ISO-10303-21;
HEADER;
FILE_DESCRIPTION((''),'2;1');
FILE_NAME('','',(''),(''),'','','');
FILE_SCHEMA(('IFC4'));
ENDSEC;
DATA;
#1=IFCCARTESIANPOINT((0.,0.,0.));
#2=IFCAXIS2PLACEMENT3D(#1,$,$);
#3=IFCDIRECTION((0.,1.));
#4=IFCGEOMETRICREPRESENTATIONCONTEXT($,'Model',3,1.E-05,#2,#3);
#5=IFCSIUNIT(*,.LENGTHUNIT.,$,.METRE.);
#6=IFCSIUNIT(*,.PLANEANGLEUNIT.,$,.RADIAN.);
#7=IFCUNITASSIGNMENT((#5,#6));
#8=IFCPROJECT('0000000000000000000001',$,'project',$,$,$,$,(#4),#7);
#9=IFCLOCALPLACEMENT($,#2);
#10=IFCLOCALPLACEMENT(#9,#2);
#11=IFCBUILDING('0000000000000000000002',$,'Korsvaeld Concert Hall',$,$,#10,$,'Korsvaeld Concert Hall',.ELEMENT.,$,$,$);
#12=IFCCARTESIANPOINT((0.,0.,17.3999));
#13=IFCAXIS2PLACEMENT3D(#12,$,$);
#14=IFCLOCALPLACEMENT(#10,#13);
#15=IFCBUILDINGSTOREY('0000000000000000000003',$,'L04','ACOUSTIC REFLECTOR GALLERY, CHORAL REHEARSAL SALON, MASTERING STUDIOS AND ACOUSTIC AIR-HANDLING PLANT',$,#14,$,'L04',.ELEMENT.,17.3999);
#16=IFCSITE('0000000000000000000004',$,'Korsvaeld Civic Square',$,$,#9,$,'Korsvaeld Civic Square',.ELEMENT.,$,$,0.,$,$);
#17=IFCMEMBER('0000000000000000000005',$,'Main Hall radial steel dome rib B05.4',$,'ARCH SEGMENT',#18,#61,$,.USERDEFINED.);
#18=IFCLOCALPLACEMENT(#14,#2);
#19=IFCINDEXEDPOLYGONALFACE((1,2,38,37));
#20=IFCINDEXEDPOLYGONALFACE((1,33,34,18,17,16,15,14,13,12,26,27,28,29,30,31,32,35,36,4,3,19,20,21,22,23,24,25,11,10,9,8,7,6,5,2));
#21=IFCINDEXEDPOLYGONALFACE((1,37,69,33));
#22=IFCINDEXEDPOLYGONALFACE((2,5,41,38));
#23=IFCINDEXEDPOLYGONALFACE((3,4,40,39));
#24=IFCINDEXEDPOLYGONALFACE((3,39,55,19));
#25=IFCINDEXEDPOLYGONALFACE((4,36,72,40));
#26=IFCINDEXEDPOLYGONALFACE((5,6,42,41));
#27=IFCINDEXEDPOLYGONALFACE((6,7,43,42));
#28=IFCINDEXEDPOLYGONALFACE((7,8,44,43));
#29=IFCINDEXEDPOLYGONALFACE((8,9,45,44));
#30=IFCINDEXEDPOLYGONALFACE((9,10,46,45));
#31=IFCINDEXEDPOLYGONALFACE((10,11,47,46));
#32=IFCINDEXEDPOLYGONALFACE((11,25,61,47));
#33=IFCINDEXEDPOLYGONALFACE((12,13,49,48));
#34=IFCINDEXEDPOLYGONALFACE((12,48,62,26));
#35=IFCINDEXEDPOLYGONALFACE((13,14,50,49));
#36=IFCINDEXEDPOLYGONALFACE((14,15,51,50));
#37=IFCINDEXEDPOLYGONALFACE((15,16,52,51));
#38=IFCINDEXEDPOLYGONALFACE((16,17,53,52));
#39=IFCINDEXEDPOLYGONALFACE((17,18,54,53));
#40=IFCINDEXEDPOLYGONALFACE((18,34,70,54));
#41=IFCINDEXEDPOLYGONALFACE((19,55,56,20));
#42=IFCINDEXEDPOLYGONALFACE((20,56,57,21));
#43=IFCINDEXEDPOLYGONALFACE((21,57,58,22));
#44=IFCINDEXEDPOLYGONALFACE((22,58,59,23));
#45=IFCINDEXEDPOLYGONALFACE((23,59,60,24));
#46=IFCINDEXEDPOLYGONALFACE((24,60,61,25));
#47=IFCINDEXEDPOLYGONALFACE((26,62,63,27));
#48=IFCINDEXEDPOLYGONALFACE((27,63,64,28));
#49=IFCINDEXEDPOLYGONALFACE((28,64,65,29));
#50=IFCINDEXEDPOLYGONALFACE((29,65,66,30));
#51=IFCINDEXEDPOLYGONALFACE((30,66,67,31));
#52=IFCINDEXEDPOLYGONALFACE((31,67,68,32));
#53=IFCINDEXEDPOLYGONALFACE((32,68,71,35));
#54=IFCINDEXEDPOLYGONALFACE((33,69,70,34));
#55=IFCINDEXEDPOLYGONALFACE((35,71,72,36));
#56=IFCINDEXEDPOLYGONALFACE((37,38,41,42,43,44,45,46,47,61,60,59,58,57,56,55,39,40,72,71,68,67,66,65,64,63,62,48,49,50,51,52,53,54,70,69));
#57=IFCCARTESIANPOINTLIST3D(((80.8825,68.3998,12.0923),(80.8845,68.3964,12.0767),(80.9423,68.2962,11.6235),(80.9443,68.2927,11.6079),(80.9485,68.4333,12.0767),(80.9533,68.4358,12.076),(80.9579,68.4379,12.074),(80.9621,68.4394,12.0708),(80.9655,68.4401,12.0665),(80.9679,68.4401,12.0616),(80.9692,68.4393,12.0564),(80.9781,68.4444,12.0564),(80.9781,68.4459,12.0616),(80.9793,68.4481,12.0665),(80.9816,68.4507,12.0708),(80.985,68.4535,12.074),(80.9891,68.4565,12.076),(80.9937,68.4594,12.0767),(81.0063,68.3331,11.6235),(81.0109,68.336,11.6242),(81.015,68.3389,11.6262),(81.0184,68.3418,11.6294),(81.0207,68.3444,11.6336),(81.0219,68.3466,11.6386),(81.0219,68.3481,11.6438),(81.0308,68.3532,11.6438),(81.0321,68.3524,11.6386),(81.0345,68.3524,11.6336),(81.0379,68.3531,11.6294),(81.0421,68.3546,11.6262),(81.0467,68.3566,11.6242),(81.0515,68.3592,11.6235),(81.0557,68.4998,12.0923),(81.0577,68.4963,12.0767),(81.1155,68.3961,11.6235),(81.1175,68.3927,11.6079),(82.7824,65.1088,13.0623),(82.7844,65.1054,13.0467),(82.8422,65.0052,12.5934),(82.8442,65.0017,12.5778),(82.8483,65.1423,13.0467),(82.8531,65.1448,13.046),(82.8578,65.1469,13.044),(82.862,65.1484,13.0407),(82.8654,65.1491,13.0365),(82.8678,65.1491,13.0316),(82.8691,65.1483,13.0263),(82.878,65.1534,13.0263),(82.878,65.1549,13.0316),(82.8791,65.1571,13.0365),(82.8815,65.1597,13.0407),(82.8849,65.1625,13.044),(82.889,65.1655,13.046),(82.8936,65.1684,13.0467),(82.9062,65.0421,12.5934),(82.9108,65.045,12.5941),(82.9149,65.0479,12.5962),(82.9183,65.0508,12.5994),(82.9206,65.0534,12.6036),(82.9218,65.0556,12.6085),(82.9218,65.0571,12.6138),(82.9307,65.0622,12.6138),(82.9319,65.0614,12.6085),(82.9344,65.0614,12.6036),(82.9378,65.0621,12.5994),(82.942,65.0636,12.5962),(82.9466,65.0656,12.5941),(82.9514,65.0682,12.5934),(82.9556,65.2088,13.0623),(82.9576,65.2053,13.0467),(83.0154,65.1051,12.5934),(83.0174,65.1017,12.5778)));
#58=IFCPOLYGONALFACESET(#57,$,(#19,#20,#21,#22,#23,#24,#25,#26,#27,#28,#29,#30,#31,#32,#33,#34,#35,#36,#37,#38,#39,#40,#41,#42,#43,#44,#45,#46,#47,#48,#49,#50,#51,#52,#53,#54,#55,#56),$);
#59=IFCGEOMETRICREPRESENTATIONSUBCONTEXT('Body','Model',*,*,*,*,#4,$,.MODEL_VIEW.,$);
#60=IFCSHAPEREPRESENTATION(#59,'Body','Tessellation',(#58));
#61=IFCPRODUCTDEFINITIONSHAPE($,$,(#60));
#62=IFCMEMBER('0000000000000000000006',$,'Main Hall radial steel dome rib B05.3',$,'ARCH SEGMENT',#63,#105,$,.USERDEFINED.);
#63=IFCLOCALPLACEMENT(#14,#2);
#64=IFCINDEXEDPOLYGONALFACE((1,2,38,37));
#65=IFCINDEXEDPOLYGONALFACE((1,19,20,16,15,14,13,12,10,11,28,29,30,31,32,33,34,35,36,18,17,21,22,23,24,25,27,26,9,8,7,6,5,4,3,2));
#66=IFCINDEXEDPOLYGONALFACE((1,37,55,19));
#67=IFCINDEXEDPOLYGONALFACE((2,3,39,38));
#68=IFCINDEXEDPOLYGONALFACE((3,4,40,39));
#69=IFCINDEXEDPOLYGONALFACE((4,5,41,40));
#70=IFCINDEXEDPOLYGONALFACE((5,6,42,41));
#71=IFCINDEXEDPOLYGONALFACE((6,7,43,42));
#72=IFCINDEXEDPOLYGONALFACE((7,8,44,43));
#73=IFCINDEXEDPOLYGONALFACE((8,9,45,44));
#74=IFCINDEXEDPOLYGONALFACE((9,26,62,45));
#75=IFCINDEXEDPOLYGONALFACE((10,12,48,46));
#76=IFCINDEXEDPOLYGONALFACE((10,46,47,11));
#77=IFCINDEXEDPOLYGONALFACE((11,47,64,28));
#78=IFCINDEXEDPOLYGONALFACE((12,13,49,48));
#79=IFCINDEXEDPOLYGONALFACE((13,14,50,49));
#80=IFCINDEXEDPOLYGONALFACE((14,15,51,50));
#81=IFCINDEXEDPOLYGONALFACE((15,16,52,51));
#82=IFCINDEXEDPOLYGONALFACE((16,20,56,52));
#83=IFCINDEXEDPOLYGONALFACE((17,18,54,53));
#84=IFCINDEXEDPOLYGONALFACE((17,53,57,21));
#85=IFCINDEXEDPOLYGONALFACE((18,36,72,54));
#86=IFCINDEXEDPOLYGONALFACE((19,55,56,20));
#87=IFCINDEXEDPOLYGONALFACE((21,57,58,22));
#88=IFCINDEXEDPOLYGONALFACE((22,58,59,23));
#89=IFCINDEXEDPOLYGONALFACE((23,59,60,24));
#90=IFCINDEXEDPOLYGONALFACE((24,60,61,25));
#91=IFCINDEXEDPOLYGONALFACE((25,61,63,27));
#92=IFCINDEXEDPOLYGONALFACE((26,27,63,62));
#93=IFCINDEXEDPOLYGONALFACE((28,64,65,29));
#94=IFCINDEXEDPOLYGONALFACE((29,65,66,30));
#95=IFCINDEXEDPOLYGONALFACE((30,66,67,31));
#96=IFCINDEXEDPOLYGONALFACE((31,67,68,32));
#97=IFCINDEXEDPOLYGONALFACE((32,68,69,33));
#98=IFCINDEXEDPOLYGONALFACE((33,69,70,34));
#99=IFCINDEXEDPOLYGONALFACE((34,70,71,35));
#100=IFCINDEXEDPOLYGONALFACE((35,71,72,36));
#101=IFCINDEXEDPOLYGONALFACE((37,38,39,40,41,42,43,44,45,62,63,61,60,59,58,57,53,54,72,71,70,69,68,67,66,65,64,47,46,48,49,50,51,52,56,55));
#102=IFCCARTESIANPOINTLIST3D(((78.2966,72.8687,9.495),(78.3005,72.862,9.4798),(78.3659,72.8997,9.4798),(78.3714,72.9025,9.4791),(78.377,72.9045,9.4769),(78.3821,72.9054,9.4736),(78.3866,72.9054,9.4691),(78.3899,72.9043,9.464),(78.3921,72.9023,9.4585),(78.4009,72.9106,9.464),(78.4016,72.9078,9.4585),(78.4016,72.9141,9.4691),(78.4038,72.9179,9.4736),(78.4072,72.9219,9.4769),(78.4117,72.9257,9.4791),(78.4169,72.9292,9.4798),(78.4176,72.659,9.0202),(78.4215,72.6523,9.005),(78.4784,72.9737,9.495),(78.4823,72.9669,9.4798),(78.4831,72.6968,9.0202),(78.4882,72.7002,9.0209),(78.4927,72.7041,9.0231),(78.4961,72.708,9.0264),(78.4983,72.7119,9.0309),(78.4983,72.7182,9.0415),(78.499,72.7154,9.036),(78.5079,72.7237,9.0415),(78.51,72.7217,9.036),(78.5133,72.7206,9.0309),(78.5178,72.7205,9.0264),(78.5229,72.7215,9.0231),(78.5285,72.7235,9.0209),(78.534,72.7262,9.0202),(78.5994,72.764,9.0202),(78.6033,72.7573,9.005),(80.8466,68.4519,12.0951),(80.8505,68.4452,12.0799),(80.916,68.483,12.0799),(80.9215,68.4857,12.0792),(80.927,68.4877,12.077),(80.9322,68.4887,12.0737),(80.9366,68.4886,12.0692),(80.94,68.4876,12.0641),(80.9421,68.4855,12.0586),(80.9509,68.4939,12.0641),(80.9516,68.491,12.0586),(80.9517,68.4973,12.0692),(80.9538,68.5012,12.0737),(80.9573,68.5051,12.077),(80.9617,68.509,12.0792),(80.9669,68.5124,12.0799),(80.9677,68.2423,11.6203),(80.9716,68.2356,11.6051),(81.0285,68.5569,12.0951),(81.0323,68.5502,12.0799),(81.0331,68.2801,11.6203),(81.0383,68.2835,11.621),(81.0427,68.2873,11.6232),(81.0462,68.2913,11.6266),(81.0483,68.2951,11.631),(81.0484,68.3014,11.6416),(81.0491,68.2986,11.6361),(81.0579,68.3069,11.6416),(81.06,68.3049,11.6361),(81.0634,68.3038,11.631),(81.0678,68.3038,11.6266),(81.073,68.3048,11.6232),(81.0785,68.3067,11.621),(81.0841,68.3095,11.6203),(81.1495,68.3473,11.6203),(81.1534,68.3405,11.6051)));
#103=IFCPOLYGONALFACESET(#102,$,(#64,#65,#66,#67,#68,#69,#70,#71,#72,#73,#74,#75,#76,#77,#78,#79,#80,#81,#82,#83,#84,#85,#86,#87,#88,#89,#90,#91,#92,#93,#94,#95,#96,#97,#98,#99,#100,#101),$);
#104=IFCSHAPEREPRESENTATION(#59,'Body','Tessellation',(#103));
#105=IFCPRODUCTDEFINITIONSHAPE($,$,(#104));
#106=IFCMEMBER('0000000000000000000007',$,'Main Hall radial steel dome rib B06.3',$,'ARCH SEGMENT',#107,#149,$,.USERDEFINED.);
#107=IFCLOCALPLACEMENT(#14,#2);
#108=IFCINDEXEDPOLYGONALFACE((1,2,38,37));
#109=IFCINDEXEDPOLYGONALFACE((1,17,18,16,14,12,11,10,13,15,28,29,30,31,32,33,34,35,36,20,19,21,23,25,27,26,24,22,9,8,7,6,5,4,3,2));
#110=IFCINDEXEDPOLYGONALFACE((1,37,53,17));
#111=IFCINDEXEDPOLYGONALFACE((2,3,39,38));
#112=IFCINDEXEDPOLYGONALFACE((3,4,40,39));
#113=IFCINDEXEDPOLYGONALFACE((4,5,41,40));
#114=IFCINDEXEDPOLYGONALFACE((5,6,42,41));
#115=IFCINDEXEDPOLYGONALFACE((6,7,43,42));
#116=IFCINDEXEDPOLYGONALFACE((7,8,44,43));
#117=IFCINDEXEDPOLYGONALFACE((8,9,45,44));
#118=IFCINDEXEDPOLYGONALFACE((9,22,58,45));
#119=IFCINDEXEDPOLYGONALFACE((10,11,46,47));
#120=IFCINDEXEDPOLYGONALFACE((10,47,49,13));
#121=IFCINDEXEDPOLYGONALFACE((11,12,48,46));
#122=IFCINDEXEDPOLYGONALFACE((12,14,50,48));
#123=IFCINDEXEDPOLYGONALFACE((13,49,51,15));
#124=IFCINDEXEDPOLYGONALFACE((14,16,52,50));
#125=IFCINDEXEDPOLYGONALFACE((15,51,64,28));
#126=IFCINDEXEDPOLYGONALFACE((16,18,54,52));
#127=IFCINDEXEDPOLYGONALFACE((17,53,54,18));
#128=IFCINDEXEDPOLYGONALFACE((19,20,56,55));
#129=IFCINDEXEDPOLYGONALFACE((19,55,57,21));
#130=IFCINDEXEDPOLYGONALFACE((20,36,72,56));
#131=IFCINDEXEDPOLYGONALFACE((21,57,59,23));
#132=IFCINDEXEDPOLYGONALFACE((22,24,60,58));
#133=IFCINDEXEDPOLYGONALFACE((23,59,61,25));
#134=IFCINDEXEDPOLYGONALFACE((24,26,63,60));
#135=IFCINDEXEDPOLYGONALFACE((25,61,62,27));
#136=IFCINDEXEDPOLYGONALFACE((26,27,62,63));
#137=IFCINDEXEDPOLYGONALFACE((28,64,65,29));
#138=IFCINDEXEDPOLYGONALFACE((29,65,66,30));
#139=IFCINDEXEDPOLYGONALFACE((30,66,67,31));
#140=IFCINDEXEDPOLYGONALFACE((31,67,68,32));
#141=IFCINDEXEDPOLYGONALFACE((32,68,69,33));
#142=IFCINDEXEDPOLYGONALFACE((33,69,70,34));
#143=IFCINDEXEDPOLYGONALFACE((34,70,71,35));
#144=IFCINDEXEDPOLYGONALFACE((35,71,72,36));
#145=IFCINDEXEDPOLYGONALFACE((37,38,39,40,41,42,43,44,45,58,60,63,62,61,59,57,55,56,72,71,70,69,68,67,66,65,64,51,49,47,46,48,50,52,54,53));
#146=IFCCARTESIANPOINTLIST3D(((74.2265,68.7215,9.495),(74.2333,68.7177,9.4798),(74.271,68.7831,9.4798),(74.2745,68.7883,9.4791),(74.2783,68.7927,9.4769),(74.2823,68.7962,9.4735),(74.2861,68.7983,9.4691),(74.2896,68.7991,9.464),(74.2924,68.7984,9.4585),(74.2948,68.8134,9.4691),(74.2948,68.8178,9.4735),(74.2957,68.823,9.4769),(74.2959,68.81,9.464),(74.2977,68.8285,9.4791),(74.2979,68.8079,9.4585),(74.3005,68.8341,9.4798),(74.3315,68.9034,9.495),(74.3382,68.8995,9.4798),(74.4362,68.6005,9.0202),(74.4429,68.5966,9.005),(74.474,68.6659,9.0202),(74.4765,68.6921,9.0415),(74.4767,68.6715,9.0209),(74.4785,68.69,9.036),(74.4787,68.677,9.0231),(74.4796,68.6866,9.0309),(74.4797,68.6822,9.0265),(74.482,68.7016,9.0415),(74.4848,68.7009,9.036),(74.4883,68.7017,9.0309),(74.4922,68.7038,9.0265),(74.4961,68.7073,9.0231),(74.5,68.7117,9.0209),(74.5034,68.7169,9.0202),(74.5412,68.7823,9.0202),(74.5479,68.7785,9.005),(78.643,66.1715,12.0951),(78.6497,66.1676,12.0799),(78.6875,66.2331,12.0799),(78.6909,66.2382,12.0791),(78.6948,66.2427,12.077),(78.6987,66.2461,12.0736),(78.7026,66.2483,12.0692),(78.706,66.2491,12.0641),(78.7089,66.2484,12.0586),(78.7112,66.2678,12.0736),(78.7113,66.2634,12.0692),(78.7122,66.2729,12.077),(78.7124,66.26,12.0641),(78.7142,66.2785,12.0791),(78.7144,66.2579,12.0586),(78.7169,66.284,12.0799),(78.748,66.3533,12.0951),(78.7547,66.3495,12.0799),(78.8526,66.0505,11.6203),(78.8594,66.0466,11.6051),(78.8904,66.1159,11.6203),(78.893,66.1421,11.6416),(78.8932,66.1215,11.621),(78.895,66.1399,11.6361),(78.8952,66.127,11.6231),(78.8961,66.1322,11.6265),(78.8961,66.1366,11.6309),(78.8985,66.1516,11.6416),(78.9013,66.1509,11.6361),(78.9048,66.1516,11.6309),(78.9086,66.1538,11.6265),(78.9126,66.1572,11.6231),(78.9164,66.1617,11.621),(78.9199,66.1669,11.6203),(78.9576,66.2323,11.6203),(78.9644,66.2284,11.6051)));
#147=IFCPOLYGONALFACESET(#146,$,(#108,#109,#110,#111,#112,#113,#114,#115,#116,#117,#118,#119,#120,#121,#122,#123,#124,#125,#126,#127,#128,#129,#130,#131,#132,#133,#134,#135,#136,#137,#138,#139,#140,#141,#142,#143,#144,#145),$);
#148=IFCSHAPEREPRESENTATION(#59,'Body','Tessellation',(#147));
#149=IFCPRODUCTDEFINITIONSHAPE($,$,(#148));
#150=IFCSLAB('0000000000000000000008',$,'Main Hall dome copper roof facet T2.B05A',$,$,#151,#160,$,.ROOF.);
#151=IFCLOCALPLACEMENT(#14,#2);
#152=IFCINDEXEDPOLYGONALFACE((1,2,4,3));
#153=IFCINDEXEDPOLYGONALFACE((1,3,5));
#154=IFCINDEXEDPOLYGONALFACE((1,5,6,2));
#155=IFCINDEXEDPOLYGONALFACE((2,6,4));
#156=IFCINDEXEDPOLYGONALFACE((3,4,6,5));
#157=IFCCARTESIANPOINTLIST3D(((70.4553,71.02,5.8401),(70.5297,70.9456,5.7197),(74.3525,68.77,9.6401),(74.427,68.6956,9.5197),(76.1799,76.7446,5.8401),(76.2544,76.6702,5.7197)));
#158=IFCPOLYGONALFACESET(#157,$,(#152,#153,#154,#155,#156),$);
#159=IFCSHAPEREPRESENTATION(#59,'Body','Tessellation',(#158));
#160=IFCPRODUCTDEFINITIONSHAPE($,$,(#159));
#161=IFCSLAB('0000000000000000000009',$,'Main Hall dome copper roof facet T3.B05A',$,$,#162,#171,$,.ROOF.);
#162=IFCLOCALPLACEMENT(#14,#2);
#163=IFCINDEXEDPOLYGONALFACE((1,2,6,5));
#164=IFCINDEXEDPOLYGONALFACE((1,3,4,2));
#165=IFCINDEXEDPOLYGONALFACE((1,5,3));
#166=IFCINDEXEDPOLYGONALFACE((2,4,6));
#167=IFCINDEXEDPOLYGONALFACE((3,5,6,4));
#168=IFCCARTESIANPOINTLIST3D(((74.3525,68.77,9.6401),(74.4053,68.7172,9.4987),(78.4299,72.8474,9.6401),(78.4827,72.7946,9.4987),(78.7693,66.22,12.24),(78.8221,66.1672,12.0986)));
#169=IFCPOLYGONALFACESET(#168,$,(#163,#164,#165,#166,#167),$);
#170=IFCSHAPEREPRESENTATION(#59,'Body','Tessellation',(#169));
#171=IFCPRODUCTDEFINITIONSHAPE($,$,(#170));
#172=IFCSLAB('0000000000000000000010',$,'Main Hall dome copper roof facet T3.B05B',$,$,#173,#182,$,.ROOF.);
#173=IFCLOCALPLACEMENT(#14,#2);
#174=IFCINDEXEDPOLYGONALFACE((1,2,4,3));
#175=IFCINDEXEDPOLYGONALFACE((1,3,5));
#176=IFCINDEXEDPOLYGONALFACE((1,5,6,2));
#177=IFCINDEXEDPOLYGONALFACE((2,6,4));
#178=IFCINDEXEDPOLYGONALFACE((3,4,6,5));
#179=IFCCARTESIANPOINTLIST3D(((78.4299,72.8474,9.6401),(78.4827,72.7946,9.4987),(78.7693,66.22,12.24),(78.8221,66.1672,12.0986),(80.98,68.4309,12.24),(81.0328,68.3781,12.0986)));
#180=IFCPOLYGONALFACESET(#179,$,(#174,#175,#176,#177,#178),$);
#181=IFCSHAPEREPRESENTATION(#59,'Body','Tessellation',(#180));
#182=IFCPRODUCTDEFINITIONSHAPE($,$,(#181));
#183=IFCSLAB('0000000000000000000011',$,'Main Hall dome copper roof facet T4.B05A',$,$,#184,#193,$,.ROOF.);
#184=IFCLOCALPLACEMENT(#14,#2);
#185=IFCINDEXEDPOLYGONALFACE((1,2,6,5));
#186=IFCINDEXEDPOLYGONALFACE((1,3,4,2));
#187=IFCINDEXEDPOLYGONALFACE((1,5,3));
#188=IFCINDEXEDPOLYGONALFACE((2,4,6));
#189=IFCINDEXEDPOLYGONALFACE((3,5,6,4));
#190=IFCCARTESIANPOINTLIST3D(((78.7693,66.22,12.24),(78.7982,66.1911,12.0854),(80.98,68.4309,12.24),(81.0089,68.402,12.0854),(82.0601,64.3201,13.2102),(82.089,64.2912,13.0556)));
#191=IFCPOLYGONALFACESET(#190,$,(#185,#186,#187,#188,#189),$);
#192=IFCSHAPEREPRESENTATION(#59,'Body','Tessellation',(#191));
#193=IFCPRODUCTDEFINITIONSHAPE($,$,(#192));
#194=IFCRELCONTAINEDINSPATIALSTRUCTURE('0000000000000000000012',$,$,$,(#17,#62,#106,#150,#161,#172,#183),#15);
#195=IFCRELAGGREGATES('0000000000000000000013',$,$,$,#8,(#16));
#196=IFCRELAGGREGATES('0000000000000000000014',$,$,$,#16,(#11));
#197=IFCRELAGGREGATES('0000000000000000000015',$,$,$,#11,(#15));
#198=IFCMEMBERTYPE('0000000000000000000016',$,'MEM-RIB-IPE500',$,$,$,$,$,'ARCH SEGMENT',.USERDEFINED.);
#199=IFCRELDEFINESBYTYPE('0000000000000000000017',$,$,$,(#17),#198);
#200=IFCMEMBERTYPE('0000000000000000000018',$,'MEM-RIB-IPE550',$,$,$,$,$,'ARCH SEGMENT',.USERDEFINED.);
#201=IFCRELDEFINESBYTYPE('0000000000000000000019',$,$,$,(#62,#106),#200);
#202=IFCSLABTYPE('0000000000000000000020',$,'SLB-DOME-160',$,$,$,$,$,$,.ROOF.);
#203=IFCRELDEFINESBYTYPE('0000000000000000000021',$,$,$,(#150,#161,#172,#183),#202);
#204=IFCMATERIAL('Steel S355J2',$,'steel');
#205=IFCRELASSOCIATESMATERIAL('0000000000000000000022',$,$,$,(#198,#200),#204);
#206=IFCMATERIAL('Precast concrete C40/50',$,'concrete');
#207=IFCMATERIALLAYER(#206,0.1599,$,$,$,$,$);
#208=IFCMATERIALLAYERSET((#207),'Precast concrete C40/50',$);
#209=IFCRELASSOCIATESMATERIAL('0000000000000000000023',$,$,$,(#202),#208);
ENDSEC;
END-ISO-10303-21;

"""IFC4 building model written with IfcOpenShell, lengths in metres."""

from ifc_helpers import new_model, si_unit, direction, frame, origin, origin_2d, place, context, subcontext, project, spatial, polyline, i_section, outline, extrude, material, layer, layer_set, material_profile, profile_set, type_object, element, save


model = new_model("IFC4")

# Units and contexts
model_context = context("Model", 3, precision=1e-05, world=origin(), true_north=direction((0.0, 1.0)))
body_context = subcontext(model_context, "Body", "Model", "MODEL_VIEW")
ifc_project = project(units=[si_unit("LENGTHUNIT", "METRE"), si_unit("PLANEANGLEUNIT", "RADIAN")], contexts=[model_context])

# Site, building, storey
site_placement = place(None, origin())
site = spatial("IfcSite", under=ifc_project, at=site_placement, Name="Korsvaeld Civic Square", LongName="Korsvaeld Civic Square", CompositionType="ELEMENT", RefElevation=0.0)
building_placement = place(site_placement, origin())
building = spatial("IfcBuilding", under=site, at=building_placement, Name="Korsvaeld Concert Hall", LongName="Korsvaeld Concert Hall", CompositionType="ELEMENT")
storey_placement = place(building_placement, frame((0.0, 0.0, 17.3999)))
storey = spatial("IfcBuildingStorey", under=building, at=storey_placement, Name="L04", Description="ACOUSTIC REFLECTOR GALLERY, CHORAL REHEARSAL SALON, MASTERING STUDIOS AND ACOUSTIC AIR-HANDLING PLANT", LongName="L04", CompositionType="ELEMENT", Elevation=17.3999)

# Shared definitions
ifc_material_1 = material(Name="Steel S355J2", Category="steel")

# Members
ifc_material_profile_1 = material_profile(ifc_material_1, i_section(OverallWidth=0.2, OverallDepth=0.5, WebThickness=0.0103, FlangeThickness=0.0161, FilletRadius=0.021, at=origin_2d()), Name="IPE 500")
ifc_profile_set_1 = profile_set([ifc_material_profile_1], Name="Steel S355J2")
member_type_1 = type_object("IfcMemberType", Name="MEM-RIB-IPE500", ElementType="ARCH SEGMENT", PredefinedType="USERDEFINED", material=ifc_profile_set_1)
member_1_placement = place(storey_placement, frame((81.0, 68.3962, 11.8501), z_axis=(0.484435, -0.839139, 0.247322), x_axis=(0.866044, 0.499967, 0.0)))
element("IfcMember", 1, at=member_1_placement, inside=storey, type_object=member_type_1, Name="Main Hall radial steel dome rib B05.4", ObjectType="ARCH SEGMENT", PredefinedType="USERDEFINED", context=body_context, shape_type="SweptSolid", body=[
    extrude(i_section(OverallWidth=0.2, OverallDepth=0.5, WebThickness=0.0103, FlangeThickness=0.0161, FilletRadius=0.021, at=origin_2d()), origin(), (0.0, 0.0, 1.0), 3.9219),
])
ifc_material_profile_2 = material_profile(ifc_material_1, i_section(OverallWidth=0.21, OverallDepth=0.55, WebThickness=0.011, FlangeThickness=0.0171, FilletRadius=0.0239, at=origin_2d()), Name="IPE 550")
ifc_profile_set_2 = profile_set([ifc_material_profile_2], Name="Steel S355J2")
member_type_2 = type_object("IfcMemberType", Name="MEM-RIB-IPE550", ElementType="ARCH SEGMENT", PredefinedType="USERDEFINED", material=ifc_profile_set_2)
member_2_placement = place(storey_placement, frame((78.45, 72.813, 9.25), z_axis=(0.445455, -0.77154, 0.454198), x_axis=(0.866022, 0.500006, 0.0)))
element("IfcMember", 2, at=member_2_placement, inside=storey, type_object=member_type_2, Name="Main Hall radial steel dome rib B05.3", ObjectType="ARCH SEGMENT", PredefinedType="USERDEFINED", context=body_context, shape_type="SweptSolid", body=[
    extrude(i_section(OverallWidth=0.21, OverallDepth=0.55, WebThickness=0.011, FlangeThickness=0.0171, FilletRadius=0.0239, at=origin_2d()), origin(), (0.0, 0.0, 1.0), 5.7246),
])
member_3_placement = place(storey_placement, frame((74.3872, 68.75, 9.25), z_axis=(0.771522, -0.44547, 0.454213), x_axis=(0.500026, 0.86601, 0.0)))
element("IfcMember", 3, at=member_3_placement, inside=storey, type_object=member_type_2, Name="Main Hall radial steel dome rib B06.3", ObjectType="ARCH SEGMENT", PredefinedType="USERDEFINED", context=body_context, shape_type="SweptSolid", body=[
    extrude(i_section(OverallWidth=0.21, OverallDepth=0.55, WebThickness=0.011, FlangeThickness=0.0171, FilletRadius=0.0239, at=origin_2d()), origin(), (0.0, 0.0, 1.0), 5.7244),
])

# Slabs
ifc_material_2 = material(Name="Precast concrete C40/50", Category="concrete")
ifc_layer = layer(ifc_material_2, 0.1599)
ifc_layer_set = layer_set([ifc_layer], Name="Precast concrete C40/50")
slab_type = type_object("IfcSlabType", Name="SLB-DOME-160", PredefinedType="ROOF", material=ifc_layer_set)
slab_1_placement = place(storey_placement, frame((76.1799, 76.7446, 5.8401), z_axis=(-0.465401, 0.465401, 0.752864), x_axis=(-0.707107, -0.707107, 0.0)))
element("IfcSlab", 4, at=slab_1_placement, inside=storey, type_object=slab_type, Name="Main Hall dome copper roof facet T2.B05A", PredefinedType="ROOF", context=body_context, shape_type="SweptSolid", body=[
    extrude(outline(polyline([(0.0, 0.0), (8.0958, 0.0), (6.9311, 5.7736), (0.0, 0.0)])), origin(), (0.0, 0.0, -1.0), 0.1599),
])
slab_2_placement = place(storey_placement, frame((78.4299, 72.8474, 9.6401), z_axis=(-0.330036, 0.330036, 0.884394), x_axis=(-0.707107, -0.707107, 0.0)))
element("IfcSlab", 5, at=slab_2_placement, inside=storey, type_object=slab_type, Name="Main Hall dome copper roof facet T3.B05A", PredefinedType="ROOF", context=body_context, shape_type="SweptSolid", body=[
    extrude(outline(polyline([(0.0, 0.0), (5.7663, 0.0), (4.4463, 5.5702), (0.0, 0.0)])), origin(), (0.0, 0.0, -1.0), 0.1599),
])
slab_3_placement = place(storey_placement, frame((78.4299, 72.8474, 9.6401), z_axis=(-0.330067, 0.330031, 0.884384), x_axis=(0.047614, -0.929876, 0.364778)))
element("IfcSlab", 6, at=slab_3_placement, inside=storey, type_object=slab_type, Name="Main Hall dome copper roof facet T3.B05B", PredefinedType="ROOF", context=body_context, shape_type="SweptSolid", body=[
    extrude(outline(polyline([(0.0, 0.0), (7.1272, 0.0), (5.1766, 2.4434), (0.0, 0.0)])), origin(), (0.0, 0.0, -1.0), 0.1599),
])
slab_4_placement = place(storey_placement, frame((80.98, 68.4309, 12.24), z_axis=(-0.180716, 0.180696, 0.966794), x_axis=(-0.707068, -0.707146, 0.0)))
element("IfcSlab", 7, at=slab_4_placement, inside=storey, type_object=slab_type, Name="Main Hall dome copper roof facet T4.B05A", PredefinedType="ROOF", context=body_context, shape_type="SweptSolid", body=[
    extrude(outline(polyline([(0.0, 0.0), (3.1266, 0.0), (2.1433, 3.7965), (0.0, 0.0)])), origin(), (0.0, 0.0, -1.0), 0.1599),
])

save(model, "model.ifc")
